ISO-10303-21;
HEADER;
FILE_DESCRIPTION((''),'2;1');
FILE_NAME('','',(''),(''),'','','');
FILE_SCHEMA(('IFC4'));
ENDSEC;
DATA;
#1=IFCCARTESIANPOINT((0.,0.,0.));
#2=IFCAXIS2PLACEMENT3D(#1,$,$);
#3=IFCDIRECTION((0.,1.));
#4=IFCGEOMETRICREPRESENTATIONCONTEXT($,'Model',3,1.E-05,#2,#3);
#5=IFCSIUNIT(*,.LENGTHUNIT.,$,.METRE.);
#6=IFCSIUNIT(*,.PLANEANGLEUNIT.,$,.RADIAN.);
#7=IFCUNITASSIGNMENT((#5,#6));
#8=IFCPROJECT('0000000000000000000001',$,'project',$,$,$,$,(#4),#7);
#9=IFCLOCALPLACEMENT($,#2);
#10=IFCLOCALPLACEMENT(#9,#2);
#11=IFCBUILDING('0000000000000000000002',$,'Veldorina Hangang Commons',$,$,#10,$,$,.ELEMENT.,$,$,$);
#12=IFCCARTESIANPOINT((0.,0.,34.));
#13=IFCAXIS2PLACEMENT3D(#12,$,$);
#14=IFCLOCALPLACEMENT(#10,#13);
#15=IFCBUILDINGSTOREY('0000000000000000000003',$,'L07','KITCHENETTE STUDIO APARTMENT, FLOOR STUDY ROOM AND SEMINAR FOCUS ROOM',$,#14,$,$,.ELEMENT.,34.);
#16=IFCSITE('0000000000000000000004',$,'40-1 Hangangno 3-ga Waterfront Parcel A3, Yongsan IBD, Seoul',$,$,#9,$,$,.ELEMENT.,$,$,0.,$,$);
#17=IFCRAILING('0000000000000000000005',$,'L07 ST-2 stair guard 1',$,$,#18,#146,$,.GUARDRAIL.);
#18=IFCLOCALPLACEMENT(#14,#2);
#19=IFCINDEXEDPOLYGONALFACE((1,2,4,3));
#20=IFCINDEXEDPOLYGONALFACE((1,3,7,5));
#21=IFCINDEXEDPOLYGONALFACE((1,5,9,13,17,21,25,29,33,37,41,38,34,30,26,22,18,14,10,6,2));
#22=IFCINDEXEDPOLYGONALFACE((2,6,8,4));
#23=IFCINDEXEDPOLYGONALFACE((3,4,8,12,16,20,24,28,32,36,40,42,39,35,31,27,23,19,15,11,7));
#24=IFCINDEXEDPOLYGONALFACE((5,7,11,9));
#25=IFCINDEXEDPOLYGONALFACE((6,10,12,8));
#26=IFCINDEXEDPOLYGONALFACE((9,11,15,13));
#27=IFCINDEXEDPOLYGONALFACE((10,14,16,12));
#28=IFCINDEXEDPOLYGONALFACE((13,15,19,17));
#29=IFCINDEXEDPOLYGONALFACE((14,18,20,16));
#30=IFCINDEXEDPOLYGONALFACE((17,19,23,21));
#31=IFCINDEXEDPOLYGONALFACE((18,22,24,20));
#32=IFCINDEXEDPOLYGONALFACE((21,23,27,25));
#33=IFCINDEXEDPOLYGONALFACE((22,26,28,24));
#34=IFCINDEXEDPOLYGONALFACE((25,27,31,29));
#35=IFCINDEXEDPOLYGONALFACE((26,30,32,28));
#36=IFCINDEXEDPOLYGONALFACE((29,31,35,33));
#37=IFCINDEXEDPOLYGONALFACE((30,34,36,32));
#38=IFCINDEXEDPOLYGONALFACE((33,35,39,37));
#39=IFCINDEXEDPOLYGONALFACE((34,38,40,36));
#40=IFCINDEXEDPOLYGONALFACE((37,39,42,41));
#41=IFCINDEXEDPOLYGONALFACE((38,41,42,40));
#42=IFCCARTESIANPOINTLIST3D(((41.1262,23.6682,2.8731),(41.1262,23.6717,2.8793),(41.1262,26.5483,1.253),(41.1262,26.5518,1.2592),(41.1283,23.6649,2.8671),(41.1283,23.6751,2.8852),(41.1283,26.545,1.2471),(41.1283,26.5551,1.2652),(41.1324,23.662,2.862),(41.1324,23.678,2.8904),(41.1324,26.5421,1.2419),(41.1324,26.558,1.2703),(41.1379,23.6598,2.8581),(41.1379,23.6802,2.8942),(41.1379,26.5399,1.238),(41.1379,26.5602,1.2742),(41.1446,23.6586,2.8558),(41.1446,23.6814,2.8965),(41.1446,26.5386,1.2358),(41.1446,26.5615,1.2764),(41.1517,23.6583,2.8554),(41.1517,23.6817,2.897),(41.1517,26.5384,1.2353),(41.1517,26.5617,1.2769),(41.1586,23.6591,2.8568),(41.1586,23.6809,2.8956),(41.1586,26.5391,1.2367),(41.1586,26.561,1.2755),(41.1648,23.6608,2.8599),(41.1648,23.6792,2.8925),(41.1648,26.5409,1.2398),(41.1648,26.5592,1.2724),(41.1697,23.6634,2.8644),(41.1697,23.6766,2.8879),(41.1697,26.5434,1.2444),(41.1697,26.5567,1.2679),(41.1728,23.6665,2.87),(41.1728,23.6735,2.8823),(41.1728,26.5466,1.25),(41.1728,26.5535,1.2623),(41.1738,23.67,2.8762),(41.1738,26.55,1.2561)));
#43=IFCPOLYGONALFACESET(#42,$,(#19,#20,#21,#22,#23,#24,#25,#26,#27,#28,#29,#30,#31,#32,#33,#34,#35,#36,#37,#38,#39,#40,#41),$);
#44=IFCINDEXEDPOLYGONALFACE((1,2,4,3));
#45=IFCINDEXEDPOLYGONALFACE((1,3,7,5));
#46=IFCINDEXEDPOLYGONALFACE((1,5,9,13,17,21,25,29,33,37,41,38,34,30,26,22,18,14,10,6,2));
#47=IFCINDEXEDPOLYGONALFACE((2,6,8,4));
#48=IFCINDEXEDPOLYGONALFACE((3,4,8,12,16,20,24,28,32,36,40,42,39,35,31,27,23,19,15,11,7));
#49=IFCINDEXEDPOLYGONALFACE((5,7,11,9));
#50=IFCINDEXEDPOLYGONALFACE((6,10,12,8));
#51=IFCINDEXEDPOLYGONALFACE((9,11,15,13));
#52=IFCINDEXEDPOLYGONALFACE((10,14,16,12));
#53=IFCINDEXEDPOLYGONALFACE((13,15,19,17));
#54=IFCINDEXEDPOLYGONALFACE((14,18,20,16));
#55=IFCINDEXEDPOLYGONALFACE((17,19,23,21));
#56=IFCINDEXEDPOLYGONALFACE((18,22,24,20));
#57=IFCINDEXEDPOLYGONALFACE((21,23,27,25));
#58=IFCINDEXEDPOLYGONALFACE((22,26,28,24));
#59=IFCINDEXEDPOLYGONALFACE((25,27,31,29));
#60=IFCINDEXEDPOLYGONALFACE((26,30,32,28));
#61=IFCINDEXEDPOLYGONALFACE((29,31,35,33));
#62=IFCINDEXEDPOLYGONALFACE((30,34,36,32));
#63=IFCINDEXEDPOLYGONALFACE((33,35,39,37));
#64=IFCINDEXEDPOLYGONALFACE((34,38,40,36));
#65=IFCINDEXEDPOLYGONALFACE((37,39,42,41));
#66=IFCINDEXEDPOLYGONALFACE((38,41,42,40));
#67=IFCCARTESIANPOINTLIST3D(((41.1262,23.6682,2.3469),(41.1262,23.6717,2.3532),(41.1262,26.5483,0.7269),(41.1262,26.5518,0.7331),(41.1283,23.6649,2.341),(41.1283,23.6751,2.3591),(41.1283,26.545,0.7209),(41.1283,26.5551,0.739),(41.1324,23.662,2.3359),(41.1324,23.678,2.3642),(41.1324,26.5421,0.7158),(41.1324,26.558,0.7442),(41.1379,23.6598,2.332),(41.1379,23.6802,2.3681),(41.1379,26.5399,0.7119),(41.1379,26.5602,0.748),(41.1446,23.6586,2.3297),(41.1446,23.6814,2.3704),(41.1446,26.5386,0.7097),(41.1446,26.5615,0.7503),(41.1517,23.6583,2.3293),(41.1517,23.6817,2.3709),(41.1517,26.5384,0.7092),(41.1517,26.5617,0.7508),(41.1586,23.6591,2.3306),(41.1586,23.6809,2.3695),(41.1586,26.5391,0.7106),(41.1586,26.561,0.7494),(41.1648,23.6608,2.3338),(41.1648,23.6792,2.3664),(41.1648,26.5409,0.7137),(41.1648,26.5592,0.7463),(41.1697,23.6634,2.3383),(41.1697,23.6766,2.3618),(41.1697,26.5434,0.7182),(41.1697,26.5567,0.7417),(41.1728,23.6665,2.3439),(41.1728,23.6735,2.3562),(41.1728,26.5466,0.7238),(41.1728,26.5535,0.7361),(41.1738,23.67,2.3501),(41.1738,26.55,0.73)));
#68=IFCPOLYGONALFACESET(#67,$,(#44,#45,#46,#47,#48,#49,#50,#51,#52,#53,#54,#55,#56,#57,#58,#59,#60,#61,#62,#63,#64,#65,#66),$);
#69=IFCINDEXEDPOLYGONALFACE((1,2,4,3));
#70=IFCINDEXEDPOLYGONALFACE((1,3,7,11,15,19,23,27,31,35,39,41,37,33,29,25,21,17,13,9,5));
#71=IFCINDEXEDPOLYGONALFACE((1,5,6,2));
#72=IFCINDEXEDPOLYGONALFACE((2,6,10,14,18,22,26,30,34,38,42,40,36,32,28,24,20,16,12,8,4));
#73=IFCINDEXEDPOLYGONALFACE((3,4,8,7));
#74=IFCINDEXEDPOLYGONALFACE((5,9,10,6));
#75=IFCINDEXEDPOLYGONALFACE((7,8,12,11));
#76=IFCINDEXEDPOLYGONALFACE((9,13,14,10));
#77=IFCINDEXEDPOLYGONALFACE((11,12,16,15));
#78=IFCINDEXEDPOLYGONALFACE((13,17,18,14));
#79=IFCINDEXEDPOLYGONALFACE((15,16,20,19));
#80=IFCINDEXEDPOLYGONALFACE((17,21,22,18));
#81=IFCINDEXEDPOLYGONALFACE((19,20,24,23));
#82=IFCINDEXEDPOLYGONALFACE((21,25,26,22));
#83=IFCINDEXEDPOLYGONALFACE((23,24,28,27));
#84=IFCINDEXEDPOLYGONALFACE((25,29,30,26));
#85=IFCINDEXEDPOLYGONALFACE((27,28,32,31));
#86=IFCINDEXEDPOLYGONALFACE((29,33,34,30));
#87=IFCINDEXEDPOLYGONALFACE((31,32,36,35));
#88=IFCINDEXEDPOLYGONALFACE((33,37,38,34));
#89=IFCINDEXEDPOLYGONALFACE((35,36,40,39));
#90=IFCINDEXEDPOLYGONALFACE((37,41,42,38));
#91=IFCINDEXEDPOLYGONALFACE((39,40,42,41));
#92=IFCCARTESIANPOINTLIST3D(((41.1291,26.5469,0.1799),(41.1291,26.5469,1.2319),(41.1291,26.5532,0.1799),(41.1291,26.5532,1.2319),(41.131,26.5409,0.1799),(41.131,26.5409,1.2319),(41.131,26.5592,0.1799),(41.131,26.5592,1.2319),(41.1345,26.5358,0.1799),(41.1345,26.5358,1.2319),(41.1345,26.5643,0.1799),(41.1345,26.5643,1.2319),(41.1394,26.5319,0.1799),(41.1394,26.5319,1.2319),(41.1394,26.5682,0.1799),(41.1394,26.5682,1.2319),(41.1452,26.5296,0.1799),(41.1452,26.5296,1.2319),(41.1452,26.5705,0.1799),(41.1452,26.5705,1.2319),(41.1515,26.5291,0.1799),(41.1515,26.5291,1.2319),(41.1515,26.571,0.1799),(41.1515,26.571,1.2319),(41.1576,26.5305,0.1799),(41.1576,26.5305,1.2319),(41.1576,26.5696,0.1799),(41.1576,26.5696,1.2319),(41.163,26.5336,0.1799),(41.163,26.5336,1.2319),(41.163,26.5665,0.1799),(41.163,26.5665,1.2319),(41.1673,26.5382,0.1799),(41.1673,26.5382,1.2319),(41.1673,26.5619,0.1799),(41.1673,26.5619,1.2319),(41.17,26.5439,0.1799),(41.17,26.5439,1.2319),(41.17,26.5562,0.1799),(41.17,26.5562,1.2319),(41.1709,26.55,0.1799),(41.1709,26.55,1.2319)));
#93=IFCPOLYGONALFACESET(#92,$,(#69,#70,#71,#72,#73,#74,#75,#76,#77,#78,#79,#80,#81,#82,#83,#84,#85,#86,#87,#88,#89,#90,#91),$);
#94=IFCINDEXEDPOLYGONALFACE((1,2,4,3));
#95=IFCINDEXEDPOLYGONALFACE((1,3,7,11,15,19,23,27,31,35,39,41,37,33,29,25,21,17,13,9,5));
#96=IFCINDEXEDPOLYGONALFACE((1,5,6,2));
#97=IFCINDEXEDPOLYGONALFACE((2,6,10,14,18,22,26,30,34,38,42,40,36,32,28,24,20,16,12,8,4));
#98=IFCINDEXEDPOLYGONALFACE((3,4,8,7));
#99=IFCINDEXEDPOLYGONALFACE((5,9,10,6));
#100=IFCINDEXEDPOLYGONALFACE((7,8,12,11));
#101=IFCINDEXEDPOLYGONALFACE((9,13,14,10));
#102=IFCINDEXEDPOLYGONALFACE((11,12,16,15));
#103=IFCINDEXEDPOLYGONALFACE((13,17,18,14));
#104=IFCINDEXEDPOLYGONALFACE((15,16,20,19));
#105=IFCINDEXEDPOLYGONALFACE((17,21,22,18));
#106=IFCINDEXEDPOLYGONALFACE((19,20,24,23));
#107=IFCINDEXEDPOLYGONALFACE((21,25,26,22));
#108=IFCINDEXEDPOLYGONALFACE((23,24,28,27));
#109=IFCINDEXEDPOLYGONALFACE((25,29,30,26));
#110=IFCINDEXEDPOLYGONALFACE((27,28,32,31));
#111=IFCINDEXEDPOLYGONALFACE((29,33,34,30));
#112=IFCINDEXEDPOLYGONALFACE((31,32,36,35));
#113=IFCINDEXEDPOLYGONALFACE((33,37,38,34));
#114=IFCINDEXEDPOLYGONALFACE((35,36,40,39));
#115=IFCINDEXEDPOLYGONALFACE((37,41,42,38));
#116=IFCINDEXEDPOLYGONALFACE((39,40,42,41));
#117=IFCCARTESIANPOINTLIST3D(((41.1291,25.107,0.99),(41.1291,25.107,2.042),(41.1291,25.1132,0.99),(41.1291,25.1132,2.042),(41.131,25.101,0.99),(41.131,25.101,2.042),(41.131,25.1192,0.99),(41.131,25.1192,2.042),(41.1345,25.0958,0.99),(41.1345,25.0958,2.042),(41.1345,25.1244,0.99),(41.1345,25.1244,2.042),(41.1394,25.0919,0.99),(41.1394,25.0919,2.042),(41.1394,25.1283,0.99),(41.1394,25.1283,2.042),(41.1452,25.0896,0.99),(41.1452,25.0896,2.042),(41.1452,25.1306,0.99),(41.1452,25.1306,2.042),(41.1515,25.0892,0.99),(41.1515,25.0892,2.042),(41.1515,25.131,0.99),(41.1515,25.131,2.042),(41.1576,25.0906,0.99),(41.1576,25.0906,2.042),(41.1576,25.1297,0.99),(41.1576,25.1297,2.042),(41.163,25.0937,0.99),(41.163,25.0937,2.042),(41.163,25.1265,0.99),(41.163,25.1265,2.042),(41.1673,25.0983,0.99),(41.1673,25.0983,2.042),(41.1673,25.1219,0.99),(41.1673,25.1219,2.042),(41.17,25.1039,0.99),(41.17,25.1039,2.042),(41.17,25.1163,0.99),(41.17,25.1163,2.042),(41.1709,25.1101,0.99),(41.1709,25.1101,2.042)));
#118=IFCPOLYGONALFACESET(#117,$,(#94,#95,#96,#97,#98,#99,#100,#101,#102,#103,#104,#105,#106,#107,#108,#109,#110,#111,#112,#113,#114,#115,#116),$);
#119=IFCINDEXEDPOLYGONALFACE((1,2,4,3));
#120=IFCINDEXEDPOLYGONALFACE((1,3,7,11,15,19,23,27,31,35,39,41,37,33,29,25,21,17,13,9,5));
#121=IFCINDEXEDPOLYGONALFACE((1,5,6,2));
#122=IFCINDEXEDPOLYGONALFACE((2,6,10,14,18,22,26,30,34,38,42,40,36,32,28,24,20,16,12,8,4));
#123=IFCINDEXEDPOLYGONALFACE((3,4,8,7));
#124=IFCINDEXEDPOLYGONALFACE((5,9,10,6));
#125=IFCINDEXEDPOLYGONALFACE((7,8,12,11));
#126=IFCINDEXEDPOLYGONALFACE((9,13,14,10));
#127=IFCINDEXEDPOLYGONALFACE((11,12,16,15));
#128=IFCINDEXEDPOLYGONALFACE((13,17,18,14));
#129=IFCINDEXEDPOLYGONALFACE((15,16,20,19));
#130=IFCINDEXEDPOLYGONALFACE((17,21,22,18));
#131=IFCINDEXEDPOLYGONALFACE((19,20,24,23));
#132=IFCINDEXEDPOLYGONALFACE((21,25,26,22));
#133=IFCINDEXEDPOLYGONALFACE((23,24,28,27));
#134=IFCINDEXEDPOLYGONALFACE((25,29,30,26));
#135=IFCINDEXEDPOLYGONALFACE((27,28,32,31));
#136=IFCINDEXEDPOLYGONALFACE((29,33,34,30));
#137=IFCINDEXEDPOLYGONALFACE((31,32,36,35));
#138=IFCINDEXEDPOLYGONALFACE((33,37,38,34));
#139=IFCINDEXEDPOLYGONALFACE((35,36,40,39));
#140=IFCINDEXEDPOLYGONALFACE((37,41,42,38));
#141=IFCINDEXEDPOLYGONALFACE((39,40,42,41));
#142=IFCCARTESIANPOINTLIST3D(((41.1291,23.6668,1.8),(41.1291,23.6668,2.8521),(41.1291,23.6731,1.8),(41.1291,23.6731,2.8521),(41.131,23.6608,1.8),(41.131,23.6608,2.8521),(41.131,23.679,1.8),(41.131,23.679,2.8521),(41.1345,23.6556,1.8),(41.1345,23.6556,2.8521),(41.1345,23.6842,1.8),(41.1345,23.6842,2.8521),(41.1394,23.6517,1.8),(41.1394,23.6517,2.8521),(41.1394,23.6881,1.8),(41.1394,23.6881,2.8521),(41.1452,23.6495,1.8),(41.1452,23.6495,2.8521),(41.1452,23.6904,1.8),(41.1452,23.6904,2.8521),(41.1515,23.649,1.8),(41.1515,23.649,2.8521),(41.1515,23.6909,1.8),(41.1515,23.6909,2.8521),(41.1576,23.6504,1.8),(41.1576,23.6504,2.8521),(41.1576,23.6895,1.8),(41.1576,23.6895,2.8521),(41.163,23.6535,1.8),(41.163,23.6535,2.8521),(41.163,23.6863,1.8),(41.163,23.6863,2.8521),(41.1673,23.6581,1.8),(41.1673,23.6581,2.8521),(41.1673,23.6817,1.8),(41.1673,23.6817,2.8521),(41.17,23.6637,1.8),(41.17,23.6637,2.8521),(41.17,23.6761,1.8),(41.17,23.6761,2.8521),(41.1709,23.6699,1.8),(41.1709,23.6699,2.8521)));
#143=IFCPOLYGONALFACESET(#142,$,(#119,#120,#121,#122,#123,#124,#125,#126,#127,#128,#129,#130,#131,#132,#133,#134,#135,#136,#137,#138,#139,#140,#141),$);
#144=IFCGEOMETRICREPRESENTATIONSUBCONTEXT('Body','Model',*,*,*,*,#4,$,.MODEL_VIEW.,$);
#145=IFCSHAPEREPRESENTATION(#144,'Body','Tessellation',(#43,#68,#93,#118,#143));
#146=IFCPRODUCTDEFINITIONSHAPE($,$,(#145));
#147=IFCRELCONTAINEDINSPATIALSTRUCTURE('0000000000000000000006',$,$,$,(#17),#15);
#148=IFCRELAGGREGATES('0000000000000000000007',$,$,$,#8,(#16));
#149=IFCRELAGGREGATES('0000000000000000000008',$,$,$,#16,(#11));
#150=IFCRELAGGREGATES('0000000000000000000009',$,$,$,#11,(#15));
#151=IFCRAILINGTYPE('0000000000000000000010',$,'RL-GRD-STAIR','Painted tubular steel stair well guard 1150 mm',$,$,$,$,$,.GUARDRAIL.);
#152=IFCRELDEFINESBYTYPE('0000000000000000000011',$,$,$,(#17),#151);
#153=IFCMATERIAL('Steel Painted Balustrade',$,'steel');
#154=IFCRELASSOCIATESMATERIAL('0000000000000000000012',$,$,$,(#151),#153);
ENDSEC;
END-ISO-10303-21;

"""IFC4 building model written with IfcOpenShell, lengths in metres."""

from ifc_helpers import new_model, si_unit, direction, frame, origin, origin_2d, place, context, subcontext, project, spatial, circle, extrude, material, type_object, element, save


model = new_model("IFC4")

# Units and contexts
model_context = context("Model", 3, precision=1e-05, world=origin(), true_north=direction((0.0, 1.0)))
body_context = subcontext(model_context, "Body", "Model", "MODEL_VIEW")
ifc_project = project(units=[si_unit("LENGTHUNIT", "METRE"), si_unit("PLANEANGLEUNIT", "RADIAN")], contexts=[model_context])

# Site, building, storey
site_placement = place(None, origin())
site = spatial("IfcSite", under=ifc_project, at=site_placement, Name="40-1 Hangangno 3-ga Waterfront Parcel A3, Yongsan IBD, Seoul", CompositionType="ELEMENT", RefElevation=0.0)
building_placement = place(site_placement, origin())
building = spatial("IfcBuilding", under=site, at=building_placement, Name="Veldorina Hangang Commons", CompositionType="ELEMENT")
storey_placement = place(building_placement, frame((0.0, 0.0, 34.0)))
storey = spatial("IfcBuildingStorey", under=building, at=storey_placement, Name="L07", Description="KITCHENETTE STUDIO APARTMENT, FLOOR STUDY ROOM AND SEMINAR FOCUS ROOM", CompositionType="ELEMENT", Elevation=34.0)

# Railing
ifc_material_1 = material(Name="Steel Painted Balustrade", Category="steel")
railing_type_1 = type_object("IfcRailingType", Name="RL-GRD-STAIR", Description="Painted tubular steel stair well guard 1150 mm", PredefinedType="GUARDRAIL", material=ifc_material_1)
railing_1_placement = place(storey_placement, frame((41.1499, 26.55, 0.1799)))
element("IfcRailing", 1, at=railing_1_placement, inside=storey, type_object=railing_type_1, Name="L07 ST-2 stair guard 1", PredefinedType="GUARDRAIL", context=body_context, shape_type="SweptSolid", body=[
    extrude(circle(Radius=0.0239, at=origin_2d()), frame((0.0, 0.0, 1.0762), z_axis=(0.0, -0.87157, 0.490272), x_axis=(1.0, 0.0, 0.0)), (0.0, 0.0, 1.0), 3.3044),
    extrude(circle(Radius=0.0239, at=origin_2d()), frame((0.0, 0.0, 0.55), z_axis=(0.0, -0.87157, 0.490272), x_axis=(1.0, 0.0, 0.0)), (0.0, 0.0, 1.0), 3.3044),
    extrude(circle(Radius=0.021, at=origin_2d()), origin(), (0.0, 0.0, 1.0), 1.052),
    extrude(circle(Radius=0.021, at=origin_2d()), frame((0.0, -1.4399, 0.8101)), (0.0, 0.0, 1.0), 1.052),
    extrude(circle(Radius=0.021, at=origin_2d()), frame((0.0, -2.8801, 1.6201)), (0.0, 0.0, 1.0), 1.052),
])

save(model, "model.ifc")
